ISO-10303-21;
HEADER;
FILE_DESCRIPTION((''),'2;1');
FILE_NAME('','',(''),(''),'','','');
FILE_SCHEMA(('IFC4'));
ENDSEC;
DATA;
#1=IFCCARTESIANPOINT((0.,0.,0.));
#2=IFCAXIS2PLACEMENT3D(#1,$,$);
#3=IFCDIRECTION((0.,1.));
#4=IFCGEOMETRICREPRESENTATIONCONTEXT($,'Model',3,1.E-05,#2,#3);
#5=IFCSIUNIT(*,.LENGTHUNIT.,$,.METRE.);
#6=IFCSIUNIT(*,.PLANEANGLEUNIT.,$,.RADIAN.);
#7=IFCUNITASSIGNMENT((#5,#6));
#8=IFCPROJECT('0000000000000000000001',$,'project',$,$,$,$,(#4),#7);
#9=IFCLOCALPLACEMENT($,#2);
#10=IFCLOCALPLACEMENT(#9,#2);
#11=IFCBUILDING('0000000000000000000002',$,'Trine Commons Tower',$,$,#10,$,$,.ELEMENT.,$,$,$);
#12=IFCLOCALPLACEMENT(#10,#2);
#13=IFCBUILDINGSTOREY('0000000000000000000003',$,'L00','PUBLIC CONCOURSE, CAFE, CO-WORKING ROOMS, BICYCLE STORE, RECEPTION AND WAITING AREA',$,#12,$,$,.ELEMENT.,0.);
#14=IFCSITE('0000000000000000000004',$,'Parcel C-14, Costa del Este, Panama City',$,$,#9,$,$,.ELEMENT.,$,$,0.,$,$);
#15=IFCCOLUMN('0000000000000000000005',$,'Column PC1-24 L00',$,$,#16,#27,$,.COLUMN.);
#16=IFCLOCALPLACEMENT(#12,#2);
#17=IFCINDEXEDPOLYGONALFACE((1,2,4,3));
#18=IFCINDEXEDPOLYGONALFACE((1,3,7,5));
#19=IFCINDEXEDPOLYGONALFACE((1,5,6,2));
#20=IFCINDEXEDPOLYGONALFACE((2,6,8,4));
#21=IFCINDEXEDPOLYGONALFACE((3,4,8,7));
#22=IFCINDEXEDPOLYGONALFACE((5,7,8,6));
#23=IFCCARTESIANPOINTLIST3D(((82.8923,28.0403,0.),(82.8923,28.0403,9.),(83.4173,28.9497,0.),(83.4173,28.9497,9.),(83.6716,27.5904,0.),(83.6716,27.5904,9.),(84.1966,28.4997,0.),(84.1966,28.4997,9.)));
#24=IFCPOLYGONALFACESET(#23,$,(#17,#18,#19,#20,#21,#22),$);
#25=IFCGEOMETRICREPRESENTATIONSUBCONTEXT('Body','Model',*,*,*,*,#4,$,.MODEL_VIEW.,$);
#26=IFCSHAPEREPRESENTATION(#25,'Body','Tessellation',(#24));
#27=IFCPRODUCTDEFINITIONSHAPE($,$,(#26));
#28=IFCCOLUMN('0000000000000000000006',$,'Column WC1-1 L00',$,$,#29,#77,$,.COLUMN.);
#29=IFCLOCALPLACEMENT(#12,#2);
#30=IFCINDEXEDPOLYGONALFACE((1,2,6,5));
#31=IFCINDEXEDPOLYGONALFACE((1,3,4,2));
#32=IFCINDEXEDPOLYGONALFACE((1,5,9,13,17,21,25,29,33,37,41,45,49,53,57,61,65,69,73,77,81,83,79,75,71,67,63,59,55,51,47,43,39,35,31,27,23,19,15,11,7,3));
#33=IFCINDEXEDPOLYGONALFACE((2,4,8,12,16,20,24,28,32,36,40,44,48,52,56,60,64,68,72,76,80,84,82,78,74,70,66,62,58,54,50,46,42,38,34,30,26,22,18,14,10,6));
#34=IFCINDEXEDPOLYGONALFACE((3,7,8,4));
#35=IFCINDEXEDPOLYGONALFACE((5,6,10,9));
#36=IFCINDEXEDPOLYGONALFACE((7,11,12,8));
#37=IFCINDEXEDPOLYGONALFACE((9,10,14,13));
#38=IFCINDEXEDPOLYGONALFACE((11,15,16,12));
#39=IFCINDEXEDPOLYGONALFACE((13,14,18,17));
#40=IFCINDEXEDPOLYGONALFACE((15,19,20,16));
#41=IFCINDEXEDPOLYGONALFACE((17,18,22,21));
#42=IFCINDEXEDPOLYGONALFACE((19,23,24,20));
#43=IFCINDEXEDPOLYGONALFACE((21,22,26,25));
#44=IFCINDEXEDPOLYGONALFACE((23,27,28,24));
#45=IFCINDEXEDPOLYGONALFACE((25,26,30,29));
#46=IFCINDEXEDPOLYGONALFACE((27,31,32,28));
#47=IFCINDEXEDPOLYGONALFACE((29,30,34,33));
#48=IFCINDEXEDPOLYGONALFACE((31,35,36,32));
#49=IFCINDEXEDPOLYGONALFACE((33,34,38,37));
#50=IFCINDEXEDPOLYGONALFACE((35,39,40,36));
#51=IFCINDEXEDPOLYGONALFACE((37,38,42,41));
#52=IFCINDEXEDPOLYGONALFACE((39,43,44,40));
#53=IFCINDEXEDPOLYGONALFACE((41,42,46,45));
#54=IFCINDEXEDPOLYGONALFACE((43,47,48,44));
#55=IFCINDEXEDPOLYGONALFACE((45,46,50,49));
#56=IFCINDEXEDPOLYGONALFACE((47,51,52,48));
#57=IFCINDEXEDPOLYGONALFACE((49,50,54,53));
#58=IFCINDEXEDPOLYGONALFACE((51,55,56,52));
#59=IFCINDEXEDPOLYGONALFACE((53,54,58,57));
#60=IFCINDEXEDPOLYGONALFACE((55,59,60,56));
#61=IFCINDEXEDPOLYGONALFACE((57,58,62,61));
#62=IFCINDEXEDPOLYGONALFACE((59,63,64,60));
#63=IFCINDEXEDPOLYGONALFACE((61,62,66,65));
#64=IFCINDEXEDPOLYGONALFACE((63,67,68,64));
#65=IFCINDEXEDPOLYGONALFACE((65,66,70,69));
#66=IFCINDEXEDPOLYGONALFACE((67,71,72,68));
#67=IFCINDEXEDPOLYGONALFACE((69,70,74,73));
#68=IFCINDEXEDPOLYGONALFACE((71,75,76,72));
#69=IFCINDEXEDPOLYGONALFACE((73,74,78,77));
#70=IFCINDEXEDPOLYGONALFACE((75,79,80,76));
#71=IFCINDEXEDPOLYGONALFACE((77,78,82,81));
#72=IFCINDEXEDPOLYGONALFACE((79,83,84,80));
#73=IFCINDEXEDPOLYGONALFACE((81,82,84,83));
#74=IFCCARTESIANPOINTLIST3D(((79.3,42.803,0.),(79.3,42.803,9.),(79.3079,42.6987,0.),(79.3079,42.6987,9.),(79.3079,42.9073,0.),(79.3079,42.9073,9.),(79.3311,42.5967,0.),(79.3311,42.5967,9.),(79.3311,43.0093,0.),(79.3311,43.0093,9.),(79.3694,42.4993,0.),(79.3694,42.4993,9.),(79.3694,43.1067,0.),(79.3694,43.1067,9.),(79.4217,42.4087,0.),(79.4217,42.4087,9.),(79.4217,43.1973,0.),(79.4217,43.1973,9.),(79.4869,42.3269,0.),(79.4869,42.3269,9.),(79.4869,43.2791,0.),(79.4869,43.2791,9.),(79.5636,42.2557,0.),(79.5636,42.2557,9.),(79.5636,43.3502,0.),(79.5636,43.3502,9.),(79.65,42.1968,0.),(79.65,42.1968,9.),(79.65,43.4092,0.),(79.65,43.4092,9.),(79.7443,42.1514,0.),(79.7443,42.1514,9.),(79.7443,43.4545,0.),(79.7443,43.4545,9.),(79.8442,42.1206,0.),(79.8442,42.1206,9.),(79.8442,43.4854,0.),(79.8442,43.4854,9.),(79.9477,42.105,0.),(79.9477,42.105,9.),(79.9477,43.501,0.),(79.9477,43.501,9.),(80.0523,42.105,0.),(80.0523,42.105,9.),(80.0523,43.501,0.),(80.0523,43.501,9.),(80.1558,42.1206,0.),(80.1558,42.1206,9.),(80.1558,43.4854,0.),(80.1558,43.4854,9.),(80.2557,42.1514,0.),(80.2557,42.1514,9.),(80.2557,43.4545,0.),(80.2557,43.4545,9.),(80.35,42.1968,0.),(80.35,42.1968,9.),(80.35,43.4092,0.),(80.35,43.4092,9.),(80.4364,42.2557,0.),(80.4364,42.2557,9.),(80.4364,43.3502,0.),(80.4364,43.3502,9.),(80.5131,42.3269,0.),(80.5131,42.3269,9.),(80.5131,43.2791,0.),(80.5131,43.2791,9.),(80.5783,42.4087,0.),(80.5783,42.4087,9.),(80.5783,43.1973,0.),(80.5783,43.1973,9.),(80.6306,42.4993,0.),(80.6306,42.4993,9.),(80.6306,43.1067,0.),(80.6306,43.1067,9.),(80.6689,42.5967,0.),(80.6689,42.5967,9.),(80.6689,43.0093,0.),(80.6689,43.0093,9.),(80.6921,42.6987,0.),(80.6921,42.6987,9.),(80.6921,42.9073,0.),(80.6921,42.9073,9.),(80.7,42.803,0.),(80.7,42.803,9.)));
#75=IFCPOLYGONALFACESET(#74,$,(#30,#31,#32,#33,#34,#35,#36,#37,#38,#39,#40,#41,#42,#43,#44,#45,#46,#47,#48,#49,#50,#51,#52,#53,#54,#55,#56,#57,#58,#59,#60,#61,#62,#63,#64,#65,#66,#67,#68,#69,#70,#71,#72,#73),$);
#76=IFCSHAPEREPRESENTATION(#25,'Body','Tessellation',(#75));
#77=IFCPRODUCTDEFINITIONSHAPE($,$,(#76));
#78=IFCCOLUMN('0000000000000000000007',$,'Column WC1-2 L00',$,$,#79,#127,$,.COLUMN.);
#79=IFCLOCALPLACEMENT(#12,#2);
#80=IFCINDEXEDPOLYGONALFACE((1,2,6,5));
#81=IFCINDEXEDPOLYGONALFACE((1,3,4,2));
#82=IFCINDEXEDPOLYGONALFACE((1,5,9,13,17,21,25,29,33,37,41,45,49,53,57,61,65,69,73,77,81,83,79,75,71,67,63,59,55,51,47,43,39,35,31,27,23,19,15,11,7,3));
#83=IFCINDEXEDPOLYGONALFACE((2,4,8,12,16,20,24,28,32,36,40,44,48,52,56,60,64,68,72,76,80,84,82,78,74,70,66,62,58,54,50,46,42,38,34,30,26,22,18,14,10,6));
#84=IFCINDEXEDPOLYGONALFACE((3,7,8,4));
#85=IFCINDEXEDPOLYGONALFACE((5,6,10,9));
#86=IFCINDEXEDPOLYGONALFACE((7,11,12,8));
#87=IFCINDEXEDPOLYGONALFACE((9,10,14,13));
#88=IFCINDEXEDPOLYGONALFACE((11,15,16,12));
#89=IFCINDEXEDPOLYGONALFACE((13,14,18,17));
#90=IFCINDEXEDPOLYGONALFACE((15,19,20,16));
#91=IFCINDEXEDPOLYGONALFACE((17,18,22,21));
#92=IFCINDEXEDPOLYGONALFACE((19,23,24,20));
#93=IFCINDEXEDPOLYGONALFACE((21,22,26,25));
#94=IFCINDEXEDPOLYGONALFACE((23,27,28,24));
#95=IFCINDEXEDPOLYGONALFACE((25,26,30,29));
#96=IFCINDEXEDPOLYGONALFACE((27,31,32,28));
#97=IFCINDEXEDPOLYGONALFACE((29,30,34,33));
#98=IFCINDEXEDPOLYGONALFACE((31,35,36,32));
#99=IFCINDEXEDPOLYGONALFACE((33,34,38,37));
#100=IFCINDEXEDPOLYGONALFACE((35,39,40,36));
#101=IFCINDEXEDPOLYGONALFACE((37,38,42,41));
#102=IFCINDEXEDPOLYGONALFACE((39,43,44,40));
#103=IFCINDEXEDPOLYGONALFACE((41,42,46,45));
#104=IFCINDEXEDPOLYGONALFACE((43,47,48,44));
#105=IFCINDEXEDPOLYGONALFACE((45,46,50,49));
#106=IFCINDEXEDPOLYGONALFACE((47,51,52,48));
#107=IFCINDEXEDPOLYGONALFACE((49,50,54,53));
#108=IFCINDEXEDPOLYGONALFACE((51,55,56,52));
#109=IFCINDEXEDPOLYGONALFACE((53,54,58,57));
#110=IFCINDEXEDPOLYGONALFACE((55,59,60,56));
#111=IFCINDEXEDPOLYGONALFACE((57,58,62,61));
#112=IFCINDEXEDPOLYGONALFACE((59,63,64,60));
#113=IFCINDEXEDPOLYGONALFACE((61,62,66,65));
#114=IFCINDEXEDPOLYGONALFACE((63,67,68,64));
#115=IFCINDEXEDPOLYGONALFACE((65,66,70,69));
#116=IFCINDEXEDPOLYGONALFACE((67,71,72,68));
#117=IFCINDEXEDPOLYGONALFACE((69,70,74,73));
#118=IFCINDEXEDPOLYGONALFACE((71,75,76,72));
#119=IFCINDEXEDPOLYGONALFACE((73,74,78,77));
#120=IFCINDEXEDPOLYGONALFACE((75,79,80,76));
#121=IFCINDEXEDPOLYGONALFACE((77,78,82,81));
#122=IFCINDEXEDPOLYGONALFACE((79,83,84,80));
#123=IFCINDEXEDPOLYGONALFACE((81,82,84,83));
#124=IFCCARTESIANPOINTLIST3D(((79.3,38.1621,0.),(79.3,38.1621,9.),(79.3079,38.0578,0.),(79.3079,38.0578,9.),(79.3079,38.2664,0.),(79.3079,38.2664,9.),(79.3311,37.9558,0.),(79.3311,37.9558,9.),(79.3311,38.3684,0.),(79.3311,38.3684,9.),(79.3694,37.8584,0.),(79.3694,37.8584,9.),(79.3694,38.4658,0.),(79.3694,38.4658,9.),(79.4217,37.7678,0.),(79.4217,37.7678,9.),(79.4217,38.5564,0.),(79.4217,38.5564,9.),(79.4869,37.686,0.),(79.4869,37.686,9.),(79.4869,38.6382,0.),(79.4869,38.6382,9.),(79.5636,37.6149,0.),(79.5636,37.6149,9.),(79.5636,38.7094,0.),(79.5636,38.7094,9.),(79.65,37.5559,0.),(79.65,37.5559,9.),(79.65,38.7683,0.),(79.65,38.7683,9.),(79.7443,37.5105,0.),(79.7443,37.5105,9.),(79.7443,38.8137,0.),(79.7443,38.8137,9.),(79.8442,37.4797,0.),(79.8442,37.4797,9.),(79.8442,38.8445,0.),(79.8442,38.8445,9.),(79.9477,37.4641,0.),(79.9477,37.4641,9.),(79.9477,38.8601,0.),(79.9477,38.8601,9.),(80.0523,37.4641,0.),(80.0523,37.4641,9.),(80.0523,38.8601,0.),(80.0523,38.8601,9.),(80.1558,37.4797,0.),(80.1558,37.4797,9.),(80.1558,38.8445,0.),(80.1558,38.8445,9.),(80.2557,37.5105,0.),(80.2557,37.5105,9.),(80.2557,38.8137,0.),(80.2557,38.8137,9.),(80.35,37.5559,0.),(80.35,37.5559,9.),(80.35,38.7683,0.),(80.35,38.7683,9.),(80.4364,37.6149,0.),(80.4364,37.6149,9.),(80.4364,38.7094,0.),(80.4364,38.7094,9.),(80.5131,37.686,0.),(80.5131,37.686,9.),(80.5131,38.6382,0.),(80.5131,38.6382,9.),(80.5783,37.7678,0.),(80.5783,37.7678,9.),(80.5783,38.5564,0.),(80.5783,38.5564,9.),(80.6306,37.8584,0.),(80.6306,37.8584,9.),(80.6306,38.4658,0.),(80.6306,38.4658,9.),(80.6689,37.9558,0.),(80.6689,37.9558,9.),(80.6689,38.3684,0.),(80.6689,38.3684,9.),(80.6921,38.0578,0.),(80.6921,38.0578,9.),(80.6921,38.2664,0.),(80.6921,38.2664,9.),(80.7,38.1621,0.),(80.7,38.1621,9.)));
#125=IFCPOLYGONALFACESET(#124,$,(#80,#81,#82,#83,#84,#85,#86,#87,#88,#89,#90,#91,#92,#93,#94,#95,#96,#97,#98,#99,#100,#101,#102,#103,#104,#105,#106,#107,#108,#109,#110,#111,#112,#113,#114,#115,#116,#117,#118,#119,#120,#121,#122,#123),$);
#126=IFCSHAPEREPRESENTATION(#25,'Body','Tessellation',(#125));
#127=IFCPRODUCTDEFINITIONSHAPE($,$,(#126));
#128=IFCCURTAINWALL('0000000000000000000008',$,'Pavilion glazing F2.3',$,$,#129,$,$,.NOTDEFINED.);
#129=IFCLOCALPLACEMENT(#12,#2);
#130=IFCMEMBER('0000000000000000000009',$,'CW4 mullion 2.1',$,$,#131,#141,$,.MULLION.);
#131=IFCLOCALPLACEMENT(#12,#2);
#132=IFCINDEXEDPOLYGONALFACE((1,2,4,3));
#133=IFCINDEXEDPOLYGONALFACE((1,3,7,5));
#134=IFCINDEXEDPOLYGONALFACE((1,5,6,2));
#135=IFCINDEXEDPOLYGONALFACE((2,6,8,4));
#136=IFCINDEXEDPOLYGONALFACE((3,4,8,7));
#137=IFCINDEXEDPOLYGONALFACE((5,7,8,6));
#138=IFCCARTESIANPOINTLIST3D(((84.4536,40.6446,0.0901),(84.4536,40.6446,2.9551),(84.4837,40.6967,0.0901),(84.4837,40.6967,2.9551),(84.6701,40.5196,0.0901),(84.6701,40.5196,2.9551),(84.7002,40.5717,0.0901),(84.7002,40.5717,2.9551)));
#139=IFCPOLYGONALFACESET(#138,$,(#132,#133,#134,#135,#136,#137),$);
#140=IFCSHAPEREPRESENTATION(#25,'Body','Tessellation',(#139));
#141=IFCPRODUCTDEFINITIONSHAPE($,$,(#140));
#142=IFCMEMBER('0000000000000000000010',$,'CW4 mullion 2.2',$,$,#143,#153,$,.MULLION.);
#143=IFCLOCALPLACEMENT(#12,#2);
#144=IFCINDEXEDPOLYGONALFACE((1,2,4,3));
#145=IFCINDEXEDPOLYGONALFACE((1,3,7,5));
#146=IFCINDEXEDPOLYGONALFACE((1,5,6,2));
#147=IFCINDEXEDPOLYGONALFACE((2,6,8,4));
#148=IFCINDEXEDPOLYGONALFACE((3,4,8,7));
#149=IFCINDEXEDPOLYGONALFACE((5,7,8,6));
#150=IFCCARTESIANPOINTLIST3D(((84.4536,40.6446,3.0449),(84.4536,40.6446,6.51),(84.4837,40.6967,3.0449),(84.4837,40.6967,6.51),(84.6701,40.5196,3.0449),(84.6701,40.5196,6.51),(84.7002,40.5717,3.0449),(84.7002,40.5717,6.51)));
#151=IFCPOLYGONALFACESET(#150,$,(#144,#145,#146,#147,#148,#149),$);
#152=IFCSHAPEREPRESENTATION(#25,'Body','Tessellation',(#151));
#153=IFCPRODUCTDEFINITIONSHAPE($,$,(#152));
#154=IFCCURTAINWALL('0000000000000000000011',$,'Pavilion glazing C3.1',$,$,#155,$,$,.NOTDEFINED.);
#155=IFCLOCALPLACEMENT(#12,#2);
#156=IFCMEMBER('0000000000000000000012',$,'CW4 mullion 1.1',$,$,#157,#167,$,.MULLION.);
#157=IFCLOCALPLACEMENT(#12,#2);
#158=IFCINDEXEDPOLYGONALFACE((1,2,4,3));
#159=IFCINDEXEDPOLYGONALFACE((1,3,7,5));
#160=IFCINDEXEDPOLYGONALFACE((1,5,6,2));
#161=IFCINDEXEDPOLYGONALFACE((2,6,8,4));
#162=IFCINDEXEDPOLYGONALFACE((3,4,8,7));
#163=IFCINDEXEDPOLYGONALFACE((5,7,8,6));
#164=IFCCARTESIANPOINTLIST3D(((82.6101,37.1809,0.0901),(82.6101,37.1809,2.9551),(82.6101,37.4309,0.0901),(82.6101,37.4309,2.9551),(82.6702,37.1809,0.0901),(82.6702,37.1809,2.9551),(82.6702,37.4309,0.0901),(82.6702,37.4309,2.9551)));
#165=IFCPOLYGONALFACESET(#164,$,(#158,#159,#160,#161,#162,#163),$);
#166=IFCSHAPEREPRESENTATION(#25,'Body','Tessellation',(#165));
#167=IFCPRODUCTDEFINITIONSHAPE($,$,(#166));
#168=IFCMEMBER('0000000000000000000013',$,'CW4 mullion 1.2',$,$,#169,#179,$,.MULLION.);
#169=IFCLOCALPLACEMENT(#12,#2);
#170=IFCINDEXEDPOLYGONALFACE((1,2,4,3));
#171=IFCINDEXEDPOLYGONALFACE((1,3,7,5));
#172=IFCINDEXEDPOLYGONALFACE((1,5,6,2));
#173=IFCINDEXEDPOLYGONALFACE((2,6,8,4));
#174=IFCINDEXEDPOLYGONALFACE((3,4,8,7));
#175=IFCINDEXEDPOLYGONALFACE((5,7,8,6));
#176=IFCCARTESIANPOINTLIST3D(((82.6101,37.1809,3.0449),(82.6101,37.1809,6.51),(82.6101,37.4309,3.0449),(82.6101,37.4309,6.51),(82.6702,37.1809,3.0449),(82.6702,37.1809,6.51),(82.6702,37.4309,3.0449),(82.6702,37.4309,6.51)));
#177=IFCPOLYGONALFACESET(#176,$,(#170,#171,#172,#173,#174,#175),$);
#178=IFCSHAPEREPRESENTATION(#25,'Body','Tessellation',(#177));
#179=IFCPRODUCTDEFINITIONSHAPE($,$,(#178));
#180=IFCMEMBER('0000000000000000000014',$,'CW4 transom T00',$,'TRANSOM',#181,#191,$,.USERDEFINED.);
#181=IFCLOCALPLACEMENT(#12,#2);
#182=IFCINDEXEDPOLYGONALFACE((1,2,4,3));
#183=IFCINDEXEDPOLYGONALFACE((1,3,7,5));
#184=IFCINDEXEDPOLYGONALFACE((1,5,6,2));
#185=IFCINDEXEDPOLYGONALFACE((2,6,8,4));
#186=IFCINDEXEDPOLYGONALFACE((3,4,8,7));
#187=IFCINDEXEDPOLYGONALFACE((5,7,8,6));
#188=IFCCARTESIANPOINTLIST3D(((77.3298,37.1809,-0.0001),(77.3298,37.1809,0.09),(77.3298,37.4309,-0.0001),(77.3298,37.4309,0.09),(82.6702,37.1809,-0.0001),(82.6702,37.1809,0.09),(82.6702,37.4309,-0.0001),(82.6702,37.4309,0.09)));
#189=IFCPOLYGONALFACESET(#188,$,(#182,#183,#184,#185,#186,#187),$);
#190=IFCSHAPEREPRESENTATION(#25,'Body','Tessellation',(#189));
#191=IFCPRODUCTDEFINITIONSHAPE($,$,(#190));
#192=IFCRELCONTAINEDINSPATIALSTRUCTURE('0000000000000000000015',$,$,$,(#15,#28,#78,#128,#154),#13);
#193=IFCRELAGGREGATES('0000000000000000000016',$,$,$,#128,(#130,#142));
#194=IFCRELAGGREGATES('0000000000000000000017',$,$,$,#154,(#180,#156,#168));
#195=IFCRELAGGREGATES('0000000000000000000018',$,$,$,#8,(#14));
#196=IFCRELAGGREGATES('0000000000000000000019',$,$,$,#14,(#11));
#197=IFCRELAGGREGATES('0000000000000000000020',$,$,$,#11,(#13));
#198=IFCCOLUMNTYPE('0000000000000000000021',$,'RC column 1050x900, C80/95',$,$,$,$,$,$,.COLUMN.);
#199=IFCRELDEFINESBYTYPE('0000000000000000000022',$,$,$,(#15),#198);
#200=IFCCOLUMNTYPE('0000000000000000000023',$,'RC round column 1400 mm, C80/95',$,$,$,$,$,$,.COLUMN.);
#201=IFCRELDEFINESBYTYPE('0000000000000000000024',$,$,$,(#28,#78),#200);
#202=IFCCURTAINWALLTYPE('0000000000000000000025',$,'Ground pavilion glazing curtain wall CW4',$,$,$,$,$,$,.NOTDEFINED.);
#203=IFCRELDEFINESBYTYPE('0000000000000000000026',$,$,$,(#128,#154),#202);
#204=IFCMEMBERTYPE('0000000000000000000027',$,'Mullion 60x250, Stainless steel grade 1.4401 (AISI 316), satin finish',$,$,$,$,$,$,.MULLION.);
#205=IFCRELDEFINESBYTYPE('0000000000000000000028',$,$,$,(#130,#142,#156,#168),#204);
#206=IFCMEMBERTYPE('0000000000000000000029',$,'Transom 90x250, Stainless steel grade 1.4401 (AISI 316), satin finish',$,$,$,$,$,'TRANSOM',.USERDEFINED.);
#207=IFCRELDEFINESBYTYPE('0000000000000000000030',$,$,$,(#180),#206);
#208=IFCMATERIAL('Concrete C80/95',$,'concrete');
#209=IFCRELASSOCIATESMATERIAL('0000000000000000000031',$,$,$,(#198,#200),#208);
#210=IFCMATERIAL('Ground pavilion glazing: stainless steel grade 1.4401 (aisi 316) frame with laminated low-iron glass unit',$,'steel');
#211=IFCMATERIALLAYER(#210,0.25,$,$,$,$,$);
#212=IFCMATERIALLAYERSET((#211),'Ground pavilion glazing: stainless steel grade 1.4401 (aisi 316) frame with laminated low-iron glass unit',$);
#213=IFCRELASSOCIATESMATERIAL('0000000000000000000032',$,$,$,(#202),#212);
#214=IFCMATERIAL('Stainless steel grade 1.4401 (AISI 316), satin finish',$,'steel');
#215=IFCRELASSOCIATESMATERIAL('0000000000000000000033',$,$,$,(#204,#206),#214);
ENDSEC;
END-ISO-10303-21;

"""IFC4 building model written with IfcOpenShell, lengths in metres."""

from ifc_helpers import new_model, si_unit, direction, frame, origin, origin_2d, place, context, subcontext, project, spatial, rectangle, circle, extrude, material, layer, layer_set, material_profile, profile_set, type_object, element, aggregate, save


model = new_model("IFC4")

# Units and contexts
model_context = context("Model", 3, precision=1e-05, world=origin(), true_north=direction((0.0, 1.0)))
body_context = subcontext(model_context, "Body", "Model", "MODEL_VIEW")
ifc_project = project(units=[si_unit("LENGTHUNIT", "METRE"), si_unit("PLANEANGLEUNIT", "RADIAN")], contexts=[model_context])

# Site, building, storey
site_placement = place(None, origin())
site = spatial("IfcSite", under=ifc_project, at=site_placement, Name="Parcel C-14, Costa del Este, Panama City", CompositionType="ELEMENT", RefElevation=0.0)
building_placement = place(site_placement, origin())
building = spatial("IfcBuilding", under=site, at=building_placement, Name="Trine Commons Tower", CompositionType="ELEMENT")
storey_placement = place(building_placement, origin())
storey = spatial("IfcBuildingStorey", under=building, at=storey_placement, Name="L00", Description="PUBLIC CONCOURSE, CAFE, CO-WORKING ROOMS, BICYCLE STORE, RECEPTION AND WAITING AREA", CompositionType="ELEMENT", Elevation=0.0)

# Columns
ifc_material_1 = material(Name="Concrete C80/95", Category="concrete")
ifc_material_profile_1 = material_profile(ifc_material_1, rectangle(XDim=1.05, YDim=0.8999, at=origin_2d()), Name="RC 1050x900")
ifc_profile_set_1 = profile_set([ifc_material_profile_1], Name="Concrete C80/95")
column_type_1 = type_object("IfcColumnType", Name="RC column 1050x900, C80/95", PredefinedType="COLUMN", material=ifc_profile_set_1)
column_placement = place(storey_placement, frame((83.5444, 28.27, 0.0), z_axis=(0.0, 0.0, 1.0), x_axis=(0.5, 0.866025, 0.0)))
element("IfcColumn", 1, at=column_placement, inside=storey, type_object=column_type_1, Name="Column PC1-24 L00", PredefinedType="COLUMN", context=body_context, shape_type="SweptSolid", body=[
    extrude(rectangle(XDim=1.05, YDim=0.8999, at=origin_2d()), origin(), (0.0, 0.0, 1.0), 9.0),
])
ifc_material_profile_2 = material_profile(ifc_material_1, circle(Radius=0.7, at=origin_2d()), Name="RC round 1400")
ifc_profile_set_2 = profile_set([ifc_material_profile_2], Name="Concrete C80/95")
column_type_2 = type_object("IfcColumnType", Name="RC round column 1400 mm, C80/95", PredefinedType="COLUMN", material=ifc_profile_set_2)
for number, where, z_axis, x_axis, name in (
    (2, (80.0, 42.803, 0.0), (0.0, 0.0, 1.0), (1.0, 0.0, 0.0), "Column WC1-1 L00"),
    (3, (80.0, 38.1621, 0.0), (0.0, 0.0, 1.0), (1.0, 0.0, 0.0), "Column WC1-2 L00"),
):
    element("IfcColumn", number, at=place(storey_placement, frame(where, z_axis=z_axis, x_axis=x_axis)), inside=storey, type_object=column_type_2, Name=name, PredefinedType="COLUMN", context=body_context, shape_type="SweptSolid", body=[
        extrude(circle(Radius=0.7, at=origin_2d()), origin(), (0.0, 0.0, 1.0), 9.0),
    ])

# Curtain walls, members
ifc_material_2 = material(Name="Ground pavilion glazing: stainless steel grade 1.4401 (aisi 316) frame with laminated low-iron glass unit", Category="steel")
ifc_layer_1 = layer(ifc_material_2, 0.25)
ifc_layer_set_1 = layer_set([ifc_layer_1], Name="Ground pavilion glazing: stainless steel grade 1.4401 (aisi 316) frame with laminated low-iron glass unit")
curtain_wall_type = type_object("IfcCurtainWallType", Name="Ground pavilion glazing curtain wall CW4", PredefinedType="NOTDEFINED", material=ifc_layer_set_1)
curtain_wall_1_placement = place(storey_placement, origin())
curtain_wall_1 = element("IfcCurtainWall", 4, at=curtain_wall_1_placement, inside=storey, type_object=curtain_wall_type, Name="Pavilion glazing F2.3", PredefinedType="NOTDEFINED")
ifc_material_3 = material(Name="Stainless steel grade 1.4401 (AISI 316), satin finish", Category="steel")
ifc_material_profile_3 = material_profile(ifc_material_3, rectangle(XDim=0.25, YDim=0.0601, at=origin_2d()), Name="Mullion 60x250")
ifc_profile_set_3 = profile_set([ifc_material_profile_3], Name="Stainless steel grade 1.4401 (AISI 316), satin finish")
member_type_1 = type_object("IfcMemberType", Name="Mullion 60x250, Stainless steel grade 1.4401 (AISI 316), satin finish", PredefinedType="MULLION", material=ifc_profile_set_3)
member_1_placement = place(storey_placement, frame((84.5769, 40.6082, 0.0901), z_axis=(0.0, 0.0, 1.0), x_axis=(0.866025, -0.5, 0.0)))
member_1 = element("IfcMember", 5, at=member_1_placement, type_object=member_type_1, Name="CW4 mullion 2.1", PredefinedType="MULLION", context=body_context, shape_type="SweptSolid", body=[
    extrude(rectangle(XDim=0.25, YDim=0.0601, at=origin_2d()), origin(), (0.0, 0.0, 1.0), 2.865),
])
member_2_placement = place(storey_placement, frame((84.5769, 40.6082, 3.0449), z_axis=(0.0, 0.0, 1.0), x_axis=(0.866025, -0.5, 0.0)))
member_2 = element("IfcMember", 6, at=member_2_placement, type_object=member_type_1, Name="CW4 mullion 2.2", PredefinedType="MULLION", context=body_context, shape_type="SweptSolid", body=[
    extrude(rectangle(XDim=0.25, YDim=0.0601, at=origin_2d()), origin(), (0.0, 0.0, 1.0), 3.4651),
])
aggregate(curtain_wall_1, [member_1, member_2])
curtain_wall_2_placement = place(storey_placement, origin())
curtain_wall_2 = element("IfcCurtainWall", 7, at=curtain_wall_2_placement, inside=storey, type_object=curtain_wall_type, Name="Pavilion glazing C3.1", PredefinedType="NOTDEFINED")
member_3_placement = place(storey_placement, frame((82.6401, 37.3059, 0.0901), z_axis=(0.0, 0.0, 1.0), x_axis=(0.0, -1.0, 0.0)))
member_3 = element("IfcMember", 8, at=member_3_placement, type_object=member_type_1, Name="CW4 mullion 1.1", PredefinedType="MULLION", context=body_context, shape_type="SweptSolid", body=[
    extrude(rectangle(XDim=0.25, YDim=0.0601, at=origin_2d()), origin(), (0.0, 0.0, 1.0), 2.865),
])
member_4_placement = place(storey_placement, frame((82.6401, 37.3059, 3.0449), z_axis=(0.0, 0.0, 1.0), x_axis=(0.0, -1.0, 0.0)))
member_4 = element("IfcMember", 9, at=member_4_placement, type_object=member_type_1, Name="CW4 mullion 1.2", PredefinedType="MULLION", context=body_context, shape_type="SweptSolid", body=[
    extrude(rectangle(XDim=0.25, YDim=0.0601, at=origin_2d()), origin(), (0.0, 0.0, 1.0), 3.4651),
])
ifc_material_profile_4 = material_profile(ifc_material_3, rectangle(XDim=0.25, YDim=0.0901, at=origin_2d()), Name="Transom 90x250")
ifc_profile_set_4 = profile_set([ifc_material_profile_4], Name="Stainless steel grade 1.4401 (AISI 316), satin finish")
member_type_2 = type_object("IfcMemberType", Name="Transom 90x250, Stainless steel grade 1.4401 (AISI 316), satin finish", ElementType="TRANSOM", PredefinedType="USERDEFINED", material=ifc_profile_set_4)
member_5_placement = place(storey_placement, frame((82.6702, 37.3059, 0.0449), z_axis=(-1.0, 0.0, 0.0), x_axis=(0.0, -1.0, 0.0)))
member_5 = element("IfcMember", 10, at=member_5_placement, type_object=member_type_2, Name="CW4 transom T00", ObjectType="TRANSOM", PredefinedType="USERDEFINED", context=body_context, shape_type="SweptSolid", body=[
    extrude(rectangle(XDim=0.25, YDim=0.0901, at=origin_2d()), origin(), (0.0, 0.0, 1.0), 5.3403),
])

aggregate(curtain_wall_2, [member_5, member_3, member_4])

save(model, "model.ifc")
